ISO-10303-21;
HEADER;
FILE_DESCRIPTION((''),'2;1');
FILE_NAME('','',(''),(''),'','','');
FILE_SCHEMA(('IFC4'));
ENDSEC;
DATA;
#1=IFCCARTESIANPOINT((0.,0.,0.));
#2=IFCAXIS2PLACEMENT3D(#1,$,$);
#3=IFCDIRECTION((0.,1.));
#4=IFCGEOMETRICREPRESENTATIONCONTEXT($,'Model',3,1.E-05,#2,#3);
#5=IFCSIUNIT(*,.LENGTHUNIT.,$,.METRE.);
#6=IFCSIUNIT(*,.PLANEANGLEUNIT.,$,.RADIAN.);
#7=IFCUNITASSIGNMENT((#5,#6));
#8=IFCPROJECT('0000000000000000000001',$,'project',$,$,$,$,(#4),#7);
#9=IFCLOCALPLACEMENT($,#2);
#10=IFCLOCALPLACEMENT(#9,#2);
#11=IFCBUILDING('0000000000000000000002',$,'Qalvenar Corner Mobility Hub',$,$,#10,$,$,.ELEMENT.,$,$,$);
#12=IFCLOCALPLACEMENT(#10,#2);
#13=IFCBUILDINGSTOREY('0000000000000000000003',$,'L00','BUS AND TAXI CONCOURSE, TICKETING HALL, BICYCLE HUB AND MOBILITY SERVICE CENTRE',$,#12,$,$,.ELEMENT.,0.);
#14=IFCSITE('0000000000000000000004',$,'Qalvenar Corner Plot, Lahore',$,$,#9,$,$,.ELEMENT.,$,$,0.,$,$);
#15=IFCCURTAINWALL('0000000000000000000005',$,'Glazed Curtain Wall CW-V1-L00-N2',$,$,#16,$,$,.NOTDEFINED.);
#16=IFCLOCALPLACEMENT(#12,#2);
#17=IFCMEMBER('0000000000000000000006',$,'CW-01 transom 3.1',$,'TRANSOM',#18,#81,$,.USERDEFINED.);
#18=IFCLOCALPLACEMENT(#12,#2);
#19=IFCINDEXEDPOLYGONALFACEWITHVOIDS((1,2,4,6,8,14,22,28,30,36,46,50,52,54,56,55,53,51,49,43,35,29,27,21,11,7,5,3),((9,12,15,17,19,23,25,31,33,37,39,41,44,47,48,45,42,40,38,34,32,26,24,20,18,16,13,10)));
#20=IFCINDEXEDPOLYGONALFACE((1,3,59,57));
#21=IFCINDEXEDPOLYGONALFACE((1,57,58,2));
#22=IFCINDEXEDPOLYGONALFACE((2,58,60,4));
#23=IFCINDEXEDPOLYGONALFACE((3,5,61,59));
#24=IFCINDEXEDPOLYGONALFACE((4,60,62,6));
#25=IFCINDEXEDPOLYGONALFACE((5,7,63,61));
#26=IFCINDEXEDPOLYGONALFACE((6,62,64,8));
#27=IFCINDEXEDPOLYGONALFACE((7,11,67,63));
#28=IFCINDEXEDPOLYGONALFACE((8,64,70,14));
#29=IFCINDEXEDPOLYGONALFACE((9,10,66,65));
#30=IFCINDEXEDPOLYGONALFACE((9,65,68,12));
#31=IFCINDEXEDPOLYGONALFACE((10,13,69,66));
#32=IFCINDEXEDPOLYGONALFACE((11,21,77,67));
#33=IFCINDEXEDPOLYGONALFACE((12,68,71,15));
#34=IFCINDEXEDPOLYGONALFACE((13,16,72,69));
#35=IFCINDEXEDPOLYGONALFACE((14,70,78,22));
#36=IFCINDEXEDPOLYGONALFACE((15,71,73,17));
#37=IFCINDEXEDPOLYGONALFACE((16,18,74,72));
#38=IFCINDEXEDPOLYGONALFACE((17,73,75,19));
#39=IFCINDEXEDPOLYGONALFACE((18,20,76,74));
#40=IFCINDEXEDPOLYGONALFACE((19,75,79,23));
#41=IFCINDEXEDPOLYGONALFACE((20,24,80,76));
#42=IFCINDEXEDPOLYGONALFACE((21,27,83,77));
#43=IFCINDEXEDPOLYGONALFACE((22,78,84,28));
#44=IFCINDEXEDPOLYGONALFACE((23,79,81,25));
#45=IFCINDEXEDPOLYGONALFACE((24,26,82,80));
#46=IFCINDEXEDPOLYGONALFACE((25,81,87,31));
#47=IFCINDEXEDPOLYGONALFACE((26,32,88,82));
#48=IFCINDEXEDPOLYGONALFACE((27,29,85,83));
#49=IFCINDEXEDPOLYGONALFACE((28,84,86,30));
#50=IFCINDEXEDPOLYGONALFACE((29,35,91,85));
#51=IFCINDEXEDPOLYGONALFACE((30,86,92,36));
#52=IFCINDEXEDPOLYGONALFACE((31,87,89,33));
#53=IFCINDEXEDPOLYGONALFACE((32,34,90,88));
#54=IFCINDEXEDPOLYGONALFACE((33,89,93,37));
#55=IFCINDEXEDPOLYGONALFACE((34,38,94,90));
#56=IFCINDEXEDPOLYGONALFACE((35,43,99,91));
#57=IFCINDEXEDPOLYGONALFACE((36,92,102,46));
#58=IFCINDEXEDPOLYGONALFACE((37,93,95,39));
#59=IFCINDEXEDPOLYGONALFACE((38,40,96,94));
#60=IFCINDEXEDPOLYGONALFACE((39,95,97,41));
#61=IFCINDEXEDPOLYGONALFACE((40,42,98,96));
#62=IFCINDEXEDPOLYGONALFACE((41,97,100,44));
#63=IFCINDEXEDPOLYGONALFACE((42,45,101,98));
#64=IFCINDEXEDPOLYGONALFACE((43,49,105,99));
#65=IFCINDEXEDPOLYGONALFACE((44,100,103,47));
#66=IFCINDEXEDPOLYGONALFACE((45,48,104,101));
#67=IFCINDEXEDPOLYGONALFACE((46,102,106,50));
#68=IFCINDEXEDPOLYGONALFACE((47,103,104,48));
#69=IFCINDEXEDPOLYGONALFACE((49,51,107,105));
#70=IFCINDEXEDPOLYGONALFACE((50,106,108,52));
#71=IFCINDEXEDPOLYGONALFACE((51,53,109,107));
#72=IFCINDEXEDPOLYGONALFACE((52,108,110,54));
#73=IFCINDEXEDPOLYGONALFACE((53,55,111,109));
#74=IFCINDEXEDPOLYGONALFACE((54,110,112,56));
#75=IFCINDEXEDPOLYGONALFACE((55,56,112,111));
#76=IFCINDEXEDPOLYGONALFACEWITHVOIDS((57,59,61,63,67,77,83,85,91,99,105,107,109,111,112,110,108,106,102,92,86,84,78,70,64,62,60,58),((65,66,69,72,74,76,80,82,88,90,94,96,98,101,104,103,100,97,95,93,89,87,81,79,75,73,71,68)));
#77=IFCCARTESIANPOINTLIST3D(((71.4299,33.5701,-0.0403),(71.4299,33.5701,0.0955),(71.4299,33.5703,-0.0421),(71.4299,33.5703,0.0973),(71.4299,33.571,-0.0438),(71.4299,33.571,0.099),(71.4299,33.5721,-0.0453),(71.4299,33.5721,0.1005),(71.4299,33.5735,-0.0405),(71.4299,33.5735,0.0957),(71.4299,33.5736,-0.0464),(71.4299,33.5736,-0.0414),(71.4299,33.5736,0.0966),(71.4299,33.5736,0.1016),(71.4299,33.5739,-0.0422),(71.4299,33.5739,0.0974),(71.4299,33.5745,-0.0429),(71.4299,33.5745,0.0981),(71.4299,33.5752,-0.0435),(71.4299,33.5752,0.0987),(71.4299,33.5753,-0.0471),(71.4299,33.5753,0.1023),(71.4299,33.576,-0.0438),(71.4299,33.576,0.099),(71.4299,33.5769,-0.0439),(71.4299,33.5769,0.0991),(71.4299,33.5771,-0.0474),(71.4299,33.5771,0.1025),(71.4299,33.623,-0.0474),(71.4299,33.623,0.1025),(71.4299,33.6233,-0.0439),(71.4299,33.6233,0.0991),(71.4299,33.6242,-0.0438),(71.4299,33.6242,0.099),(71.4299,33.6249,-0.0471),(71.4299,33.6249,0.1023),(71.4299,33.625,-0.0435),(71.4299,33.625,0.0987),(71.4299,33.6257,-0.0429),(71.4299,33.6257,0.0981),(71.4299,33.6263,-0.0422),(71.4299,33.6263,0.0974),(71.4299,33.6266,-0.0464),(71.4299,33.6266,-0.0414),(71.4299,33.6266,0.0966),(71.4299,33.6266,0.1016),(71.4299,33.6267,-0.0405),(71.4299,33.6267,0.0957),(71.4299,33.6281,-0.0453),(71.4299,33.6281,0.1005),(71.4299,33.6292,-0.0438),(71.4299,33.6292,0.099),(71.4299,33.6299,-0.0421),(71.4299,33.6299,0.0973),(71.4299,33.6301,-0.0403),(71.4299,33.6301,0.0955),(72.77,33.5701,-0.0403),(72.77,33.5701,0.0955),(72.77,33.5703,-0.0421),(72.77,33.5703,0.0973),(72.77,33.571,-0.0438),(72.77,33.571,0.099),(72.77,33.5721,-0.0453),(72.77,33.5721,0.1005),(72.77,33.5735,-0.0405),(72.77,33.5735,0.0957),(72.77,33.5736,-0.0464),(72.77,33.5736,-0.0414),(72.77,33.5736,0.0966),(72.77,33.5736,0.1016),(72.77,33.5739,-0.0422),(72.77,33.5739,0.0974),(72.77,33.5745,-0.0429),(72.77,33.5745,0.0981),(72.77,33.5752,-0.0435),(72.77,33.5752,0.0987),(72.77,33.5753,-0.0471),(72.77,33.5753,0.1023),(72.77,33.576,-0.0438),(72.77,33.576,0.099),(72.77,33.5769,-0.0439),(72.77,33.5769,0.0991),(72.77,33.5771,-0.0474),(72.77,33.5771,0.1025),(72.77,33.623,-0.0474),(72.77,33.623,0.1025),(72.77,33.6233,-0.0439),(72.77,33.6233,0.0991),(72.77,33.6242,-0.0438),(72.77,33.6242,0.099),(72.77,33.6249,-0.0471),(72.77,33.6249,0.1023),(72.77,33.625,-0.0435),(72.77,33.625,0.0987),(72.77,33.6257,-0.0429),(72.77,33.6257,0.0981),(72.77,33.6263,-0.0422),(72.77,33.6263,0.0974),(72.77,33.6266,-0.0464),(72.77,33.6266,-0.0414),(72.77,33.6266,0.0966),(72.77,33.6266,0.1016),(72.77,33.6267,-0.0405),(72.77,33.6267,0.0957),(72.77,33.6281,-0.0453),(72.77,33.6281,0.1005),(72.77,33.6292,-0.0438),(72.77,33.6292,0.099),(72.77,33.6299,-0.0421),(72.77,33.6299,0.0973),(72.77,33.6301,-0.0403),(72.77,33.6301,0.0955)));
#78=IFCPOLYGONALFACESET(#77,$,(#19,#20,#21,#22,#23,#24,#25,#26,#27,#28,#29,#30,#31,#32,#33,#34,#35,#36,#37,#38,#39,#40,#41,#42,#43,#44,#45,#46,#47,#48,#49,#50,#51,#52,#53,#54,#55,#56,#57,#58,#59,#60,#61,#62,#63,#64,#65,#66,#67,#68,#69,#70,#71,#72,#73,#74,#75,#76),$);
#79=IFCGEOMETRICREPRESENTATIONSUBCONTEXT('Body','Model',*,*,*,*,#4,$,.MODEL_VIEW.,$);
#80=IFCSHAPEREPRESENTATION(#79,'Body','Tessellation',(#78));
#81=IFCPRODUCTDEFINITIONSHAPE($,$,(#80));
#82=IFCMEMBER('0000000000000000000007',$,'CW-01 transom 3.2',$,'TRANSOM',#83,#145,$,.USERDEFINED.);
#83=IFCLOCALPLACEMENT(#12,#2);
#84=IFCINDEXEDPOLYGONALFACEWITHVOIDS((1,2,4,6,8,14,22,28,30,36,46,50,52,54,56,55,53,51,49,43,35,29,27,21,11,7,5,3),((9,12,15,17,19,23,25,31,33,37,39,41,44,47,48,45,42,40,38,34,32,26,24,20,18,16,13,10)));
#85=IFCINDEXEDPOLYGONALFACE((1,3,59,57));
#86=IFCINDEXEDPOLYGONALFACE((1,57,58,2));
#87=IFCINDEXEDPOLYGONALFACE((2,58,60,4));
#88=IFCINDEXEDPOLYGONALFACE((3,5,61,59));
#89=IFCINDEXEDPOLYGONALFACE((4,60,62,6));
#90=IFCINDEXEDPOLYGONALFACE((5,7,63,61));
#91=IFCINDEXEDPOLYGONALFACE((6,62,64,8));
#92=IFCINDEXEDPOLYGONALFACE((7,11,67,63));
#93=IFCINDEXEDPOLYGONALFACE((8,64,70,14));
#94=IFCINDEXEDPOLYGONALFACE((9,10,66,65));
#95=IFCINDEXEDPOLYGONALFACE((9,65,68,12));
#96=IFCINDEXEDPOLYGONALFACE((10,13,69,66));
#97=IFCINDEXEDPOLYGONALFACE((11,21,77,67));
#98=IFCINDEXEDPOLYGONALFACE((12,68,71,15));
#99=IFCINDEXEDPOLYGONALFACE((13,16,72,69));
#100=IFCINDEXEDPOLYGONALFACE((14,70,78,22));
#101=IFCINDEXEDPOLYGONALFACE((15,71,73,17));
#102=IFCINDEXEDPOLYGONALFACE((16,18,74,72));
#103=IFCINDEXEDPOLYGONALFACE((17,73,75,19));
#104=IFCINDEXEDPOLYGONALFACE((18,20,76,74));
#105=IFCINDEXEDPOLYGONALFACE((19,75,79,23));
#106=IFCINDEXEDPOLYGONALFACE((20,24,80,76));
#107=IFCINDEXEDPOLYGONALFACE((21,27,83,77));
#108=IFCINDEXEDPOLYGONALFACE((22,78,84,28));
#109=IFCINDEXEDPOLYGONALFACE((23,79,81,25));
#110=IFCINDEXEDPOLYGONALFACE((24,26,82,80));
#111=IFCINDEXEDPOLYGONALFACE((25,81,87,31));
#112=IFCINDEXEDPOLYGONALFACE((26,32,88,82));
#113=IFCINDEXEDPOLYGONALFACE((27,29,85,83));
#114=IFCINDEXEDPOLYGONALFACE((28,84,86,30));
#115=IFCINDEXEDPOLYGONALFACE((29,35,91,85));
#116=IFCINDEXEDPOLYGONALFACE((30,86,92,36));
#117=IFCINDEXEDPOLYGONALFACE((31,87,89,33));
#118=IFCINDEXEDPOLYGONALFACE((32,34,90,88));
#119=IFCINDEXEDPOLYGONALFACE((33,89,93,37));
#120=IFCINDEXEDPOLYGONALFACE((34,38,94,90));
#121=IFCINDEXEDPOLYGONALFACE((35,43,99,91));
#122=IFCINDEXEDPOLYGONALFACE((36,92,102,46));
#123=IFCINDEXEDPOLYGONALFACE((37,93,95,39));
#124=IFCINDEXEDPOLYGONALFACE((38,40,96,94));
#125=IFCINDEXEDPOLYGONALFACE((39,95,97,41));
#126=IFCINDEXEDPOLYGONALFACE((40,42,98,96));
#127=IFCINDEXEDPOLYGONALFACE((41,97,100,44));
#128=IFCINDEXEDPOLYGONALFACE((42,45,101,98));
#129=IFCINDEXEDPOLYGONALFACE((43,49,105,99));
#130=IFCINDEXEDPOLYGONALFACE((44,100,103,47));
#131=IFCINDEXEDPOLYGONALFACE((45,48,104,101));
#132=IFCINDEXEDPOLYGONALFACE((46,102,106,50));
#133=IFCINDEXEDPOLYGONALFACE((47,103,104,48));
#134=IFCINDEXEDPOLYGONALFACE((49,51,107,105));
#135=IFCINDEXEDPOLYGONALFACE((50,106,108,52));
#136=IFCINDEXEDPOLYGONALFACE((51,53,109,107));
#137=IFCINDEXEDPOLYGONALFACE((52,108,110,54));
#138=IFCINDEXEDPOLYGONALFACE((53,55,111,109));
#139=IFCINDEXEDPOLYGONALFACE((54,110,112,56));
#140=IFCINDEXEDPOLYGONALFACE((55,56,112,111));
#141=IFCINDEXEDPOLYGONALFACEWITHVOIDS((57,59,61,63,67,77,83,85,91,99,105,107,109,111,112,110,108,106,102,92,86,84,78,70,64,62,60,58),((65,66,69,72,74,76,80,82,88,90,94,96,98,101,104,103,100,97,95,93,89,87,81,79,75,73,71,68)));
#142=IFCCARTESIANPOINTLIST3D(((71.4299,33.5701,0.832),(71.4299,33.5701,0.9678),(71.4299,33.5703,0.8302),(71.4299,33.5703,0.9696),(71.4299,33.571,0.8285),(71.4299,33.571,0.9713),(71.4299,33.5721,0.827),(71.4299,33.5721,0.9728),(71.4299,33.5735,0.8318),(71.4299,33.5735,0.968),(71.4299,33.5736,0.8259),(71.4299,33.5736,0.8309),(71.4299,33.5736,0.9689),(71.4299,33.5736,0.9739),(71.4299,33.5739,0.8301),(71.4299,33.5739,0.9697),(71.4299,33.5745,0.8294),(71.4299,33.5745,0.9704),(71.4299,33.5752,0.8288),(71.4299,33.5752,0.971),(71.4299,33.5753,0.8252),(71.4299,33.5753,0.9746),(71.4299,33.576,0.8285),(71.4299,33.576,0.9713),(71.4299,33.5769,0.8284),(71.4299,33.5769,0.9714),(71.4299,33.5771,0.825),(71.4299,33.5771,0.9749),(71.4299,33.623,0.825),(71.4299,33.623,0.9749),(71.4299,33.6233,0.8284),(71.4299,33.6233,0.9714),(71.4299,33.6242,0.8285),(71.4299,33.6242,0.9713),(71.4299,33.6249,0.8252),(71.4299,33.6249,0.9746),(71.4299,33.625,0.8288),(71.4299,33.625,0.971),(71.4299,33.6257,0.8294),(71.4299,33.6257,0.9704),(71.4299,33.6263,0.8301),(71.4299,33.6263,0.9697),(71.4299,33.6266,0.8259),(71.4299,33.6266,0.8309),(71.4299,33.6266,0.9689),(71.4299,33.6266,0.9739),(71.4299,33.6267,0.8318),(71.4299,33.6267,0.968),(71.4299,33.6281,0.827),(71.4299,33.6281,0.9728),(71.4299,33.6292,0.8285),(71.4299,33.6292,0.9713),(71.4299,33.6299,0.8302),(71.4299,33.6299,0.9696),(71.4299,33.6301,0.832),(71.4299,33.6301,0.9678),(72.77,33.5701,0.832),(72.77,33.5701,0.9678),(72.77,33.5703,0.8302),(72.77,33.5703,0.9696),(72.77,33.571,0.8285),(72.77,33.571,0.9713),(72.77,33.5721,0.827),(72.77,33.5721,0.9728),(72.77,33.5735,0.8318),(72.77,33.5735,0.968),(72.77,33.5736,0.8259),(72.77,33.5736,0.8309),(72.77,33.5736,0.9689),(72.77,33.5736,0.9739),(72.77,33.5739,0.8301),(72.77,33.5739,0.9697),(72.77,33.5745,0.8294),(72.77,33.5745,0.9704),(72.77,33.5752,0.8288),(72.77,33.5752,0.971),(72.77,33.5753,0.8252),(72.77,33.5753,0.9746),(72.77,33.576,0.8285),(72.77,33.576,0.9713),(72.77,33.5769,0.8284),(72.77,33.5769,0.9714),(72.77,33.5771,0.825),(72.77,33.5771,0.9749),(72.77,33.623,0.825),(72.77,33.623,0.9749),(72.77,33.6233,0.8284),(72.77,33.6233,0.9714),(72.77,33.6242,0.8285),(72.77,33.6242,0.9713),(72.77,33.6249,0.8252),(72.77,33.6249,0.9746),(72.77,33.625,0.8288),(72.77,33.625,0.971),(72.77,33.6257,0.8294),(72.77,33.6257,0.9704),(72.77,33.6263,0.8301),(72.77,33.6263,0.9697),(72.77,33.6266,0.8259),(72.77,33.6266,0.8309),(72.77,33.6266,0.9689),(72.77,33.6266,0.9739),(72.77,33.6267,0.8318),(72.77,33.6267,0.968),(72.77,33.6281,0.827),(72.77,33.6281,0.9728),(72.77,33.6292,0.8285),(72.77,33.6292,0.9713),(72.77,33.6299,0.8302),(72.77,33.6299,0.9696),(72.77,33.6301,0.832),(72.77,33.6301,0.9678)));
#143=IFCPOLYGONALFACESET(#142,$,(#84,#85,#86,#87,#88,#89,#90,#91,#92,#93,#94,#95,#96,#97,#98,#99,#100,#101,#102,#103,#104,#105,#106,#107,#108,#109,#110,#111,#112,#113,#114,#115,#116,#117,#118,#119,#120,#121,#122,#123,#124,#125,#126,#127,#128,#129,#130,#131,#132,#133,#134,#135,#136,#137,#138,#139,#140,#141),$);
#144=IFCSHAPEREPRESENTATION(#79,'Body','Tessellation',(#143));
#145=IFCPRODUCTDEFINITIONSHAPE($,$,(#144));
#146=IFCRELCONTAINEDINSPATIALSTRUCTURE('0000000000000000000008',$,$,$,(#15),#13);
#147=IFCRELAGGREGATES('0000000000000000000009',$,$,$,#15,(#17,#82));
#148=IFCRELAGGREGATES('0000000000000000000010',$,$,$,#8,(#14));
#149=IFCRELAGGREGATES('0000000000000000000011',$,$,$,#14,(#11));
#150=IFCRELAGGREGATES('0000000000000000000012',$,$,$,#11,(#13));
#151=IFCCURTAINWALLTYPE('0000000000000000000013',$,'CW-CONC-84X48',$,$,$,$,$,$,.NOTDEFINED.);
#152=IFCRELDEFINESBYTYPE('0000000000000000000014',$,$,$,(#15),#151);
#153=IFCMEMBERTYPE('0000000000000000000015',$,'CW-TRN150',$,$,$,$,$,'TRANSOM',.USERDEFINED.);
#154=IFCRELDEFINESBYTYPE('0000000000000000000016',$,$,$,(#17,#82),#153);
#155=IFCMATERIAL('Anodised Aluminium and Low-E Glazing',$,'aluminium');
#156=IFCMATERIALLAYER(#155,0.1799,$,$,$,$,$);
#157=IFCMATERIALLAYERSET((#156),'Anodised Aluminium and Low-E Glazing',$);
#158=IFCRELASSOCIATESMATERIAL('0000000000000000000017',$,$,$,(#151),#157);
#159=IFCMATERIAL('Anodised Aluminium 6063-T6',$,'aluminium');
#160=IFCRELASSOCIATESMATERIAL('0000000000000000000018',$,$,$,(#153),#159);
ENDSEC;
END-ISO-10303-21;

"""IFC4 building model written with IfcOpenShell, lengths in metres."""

from ifc_helpers import new_model, si_unit, direction, frame, origin, origin_2d, place, context, subcontext, project, spatial, hollow_rectangle, extrude, material, layer, layer_set, material_profile, profile_set, type_object, element, aggregate, save


model = new_model("IFC4")

# Units and contexts
model_context = context("Model", 3, precision=1e-05, world=origin(), true_north=direction((0.0, 1.0)))
body_context = subcontext(model_context, "Body", "Model", "MODEL_VIEW")
ifc_project = project(units=[si_unit("LENGTHUNIT", "METRE"), si_unit("PLANEANGLEUNIT", "RADIAN")], contexts=[model_context])

# Site, building, storey
site_placement = place(None, origin())
site = spatial("IfcSite", under=ifc_project, at=site_placement, Name="Qalvenar Corner Plot, Lahore", CompositionType="ELEMENT", RefElevation=0.0)
building_placement = place(site_placement, origin())
building = spatial("IfcBuilding", under=site, at=building_placement, Name="Qalvenar Corner Mobility Hub", CompositionType="ELEMENT")
storey_placement = place(building_placement, origin())
storey = spatial("IfcBuildingStorey", under=building, at=storey_placement, Name="L00", Description="BUS AND TAXI CONCOURSE, TICKETING HALL, BICYCLE HUB AND MOBILITY SERVICE CENTRE", CompositionType="ELEMENT", Elevation=0.0)

# Curtain wall, members
ifc_material_1 = material(Name="Anodised Aluminium and Low-E Glazing", Category="aluminium")
ifc_layer_1 = layer(ifc_material_1, 0.1799)
ifc_layer_set_1 = layer_set([ifc_layer_1], Name="Anodised Aluminium and Low-E Glazing")
curtain_wall_type = type_object("IfcCurtainWallType", Name="CW-CONC-84X48", PredefinedType="NOTDEFINED", material=ifc_layer_set_1)
curtain_wall_placement = place(storey_placement, origin())
curtain_wall = element("IfcCurtainWall", 1, at=curtain_wall_placement, inside=storey, type_object=curtain_wall_type, Name="Glazed Curtain Wall CW-V1-L00-N2", PredefinedType="NOTDEFINED")
ifc_material_2 = material(Name="Anodised Aluminium 6063-T6", Category="aluminium")
ifc_material_profile_1 = material_profile(ifc_material_2, hollow_rectangle(XDim=0.0601, YDim=0.1499, WallThickness=0.0034, InnerFilletRadius=0.0034, OuterFilletRadius=0.0071, at=origin_2d()), Name="RHS150x60x3.5")
ifc_profile_set_1 = profile_set([ifc_material_profile_1], Name="Anodised Aluminium 6063-T6")
member_type_1 = type_object("IfcMemberType", Name="CW-TRN150", ElementType="TRANSOM", PredefinedType="USERDEFINED", material=ifc_profile_set_1)
member_1_placement = place(storey_placement, frame((72.77, 33.6001, 0.0276), z_axis=(-1.0, 0.0, 0.0), x_axis=(0.0, -1.0, 0.0)))
member_1 = element("IfcMember", 2, at=member_1_placement, type_object=member_type_1, Name="CW-01 transom 3.1", ObjectType="TRANSOM", PredefinedType="USERDEFINED", context=body_context, shape_type="SweptSolid", body=[
    extrude(hollow_rectangle(XDim=0.0601, YDim=0.1499, WallThickness=0.0034, InnerFilletRadius=0.0034, OuterFilletRadius=0.0071, at=origin_2d()), origin(), (0.0, 0.0, 1.0), 1.3401),
])
member_2_placement = place(storey_placement, frame((72.77, 33.6001, 0.8999), z_axis=(-1.0, 0.0, 0.0), x_axis=(0.0, -1.0, 0.0)))
member_2 = element("IfcMember", 3, at=member_2_placement, type_object=member_type_1, Name="CW-01 transom 3.2", ObjectType="TRANSOM", PredefinedType="USERDEFINED", context=body_context, shape_type="SweptSolid", body=[
    extrude(hollow_rectangle(XDim=0.0601, YDim=0.1499, WallThickness=0.0034, InnerFilletRadius=0.0034, OuterFilletRadius=0.0071, at=origin_2d()), origin(), (0.0, 0.0, 1.0), 1.3401),
])
aggregate(curtain_wall, [member_1, member_2])

save(model, "model.ifc")
